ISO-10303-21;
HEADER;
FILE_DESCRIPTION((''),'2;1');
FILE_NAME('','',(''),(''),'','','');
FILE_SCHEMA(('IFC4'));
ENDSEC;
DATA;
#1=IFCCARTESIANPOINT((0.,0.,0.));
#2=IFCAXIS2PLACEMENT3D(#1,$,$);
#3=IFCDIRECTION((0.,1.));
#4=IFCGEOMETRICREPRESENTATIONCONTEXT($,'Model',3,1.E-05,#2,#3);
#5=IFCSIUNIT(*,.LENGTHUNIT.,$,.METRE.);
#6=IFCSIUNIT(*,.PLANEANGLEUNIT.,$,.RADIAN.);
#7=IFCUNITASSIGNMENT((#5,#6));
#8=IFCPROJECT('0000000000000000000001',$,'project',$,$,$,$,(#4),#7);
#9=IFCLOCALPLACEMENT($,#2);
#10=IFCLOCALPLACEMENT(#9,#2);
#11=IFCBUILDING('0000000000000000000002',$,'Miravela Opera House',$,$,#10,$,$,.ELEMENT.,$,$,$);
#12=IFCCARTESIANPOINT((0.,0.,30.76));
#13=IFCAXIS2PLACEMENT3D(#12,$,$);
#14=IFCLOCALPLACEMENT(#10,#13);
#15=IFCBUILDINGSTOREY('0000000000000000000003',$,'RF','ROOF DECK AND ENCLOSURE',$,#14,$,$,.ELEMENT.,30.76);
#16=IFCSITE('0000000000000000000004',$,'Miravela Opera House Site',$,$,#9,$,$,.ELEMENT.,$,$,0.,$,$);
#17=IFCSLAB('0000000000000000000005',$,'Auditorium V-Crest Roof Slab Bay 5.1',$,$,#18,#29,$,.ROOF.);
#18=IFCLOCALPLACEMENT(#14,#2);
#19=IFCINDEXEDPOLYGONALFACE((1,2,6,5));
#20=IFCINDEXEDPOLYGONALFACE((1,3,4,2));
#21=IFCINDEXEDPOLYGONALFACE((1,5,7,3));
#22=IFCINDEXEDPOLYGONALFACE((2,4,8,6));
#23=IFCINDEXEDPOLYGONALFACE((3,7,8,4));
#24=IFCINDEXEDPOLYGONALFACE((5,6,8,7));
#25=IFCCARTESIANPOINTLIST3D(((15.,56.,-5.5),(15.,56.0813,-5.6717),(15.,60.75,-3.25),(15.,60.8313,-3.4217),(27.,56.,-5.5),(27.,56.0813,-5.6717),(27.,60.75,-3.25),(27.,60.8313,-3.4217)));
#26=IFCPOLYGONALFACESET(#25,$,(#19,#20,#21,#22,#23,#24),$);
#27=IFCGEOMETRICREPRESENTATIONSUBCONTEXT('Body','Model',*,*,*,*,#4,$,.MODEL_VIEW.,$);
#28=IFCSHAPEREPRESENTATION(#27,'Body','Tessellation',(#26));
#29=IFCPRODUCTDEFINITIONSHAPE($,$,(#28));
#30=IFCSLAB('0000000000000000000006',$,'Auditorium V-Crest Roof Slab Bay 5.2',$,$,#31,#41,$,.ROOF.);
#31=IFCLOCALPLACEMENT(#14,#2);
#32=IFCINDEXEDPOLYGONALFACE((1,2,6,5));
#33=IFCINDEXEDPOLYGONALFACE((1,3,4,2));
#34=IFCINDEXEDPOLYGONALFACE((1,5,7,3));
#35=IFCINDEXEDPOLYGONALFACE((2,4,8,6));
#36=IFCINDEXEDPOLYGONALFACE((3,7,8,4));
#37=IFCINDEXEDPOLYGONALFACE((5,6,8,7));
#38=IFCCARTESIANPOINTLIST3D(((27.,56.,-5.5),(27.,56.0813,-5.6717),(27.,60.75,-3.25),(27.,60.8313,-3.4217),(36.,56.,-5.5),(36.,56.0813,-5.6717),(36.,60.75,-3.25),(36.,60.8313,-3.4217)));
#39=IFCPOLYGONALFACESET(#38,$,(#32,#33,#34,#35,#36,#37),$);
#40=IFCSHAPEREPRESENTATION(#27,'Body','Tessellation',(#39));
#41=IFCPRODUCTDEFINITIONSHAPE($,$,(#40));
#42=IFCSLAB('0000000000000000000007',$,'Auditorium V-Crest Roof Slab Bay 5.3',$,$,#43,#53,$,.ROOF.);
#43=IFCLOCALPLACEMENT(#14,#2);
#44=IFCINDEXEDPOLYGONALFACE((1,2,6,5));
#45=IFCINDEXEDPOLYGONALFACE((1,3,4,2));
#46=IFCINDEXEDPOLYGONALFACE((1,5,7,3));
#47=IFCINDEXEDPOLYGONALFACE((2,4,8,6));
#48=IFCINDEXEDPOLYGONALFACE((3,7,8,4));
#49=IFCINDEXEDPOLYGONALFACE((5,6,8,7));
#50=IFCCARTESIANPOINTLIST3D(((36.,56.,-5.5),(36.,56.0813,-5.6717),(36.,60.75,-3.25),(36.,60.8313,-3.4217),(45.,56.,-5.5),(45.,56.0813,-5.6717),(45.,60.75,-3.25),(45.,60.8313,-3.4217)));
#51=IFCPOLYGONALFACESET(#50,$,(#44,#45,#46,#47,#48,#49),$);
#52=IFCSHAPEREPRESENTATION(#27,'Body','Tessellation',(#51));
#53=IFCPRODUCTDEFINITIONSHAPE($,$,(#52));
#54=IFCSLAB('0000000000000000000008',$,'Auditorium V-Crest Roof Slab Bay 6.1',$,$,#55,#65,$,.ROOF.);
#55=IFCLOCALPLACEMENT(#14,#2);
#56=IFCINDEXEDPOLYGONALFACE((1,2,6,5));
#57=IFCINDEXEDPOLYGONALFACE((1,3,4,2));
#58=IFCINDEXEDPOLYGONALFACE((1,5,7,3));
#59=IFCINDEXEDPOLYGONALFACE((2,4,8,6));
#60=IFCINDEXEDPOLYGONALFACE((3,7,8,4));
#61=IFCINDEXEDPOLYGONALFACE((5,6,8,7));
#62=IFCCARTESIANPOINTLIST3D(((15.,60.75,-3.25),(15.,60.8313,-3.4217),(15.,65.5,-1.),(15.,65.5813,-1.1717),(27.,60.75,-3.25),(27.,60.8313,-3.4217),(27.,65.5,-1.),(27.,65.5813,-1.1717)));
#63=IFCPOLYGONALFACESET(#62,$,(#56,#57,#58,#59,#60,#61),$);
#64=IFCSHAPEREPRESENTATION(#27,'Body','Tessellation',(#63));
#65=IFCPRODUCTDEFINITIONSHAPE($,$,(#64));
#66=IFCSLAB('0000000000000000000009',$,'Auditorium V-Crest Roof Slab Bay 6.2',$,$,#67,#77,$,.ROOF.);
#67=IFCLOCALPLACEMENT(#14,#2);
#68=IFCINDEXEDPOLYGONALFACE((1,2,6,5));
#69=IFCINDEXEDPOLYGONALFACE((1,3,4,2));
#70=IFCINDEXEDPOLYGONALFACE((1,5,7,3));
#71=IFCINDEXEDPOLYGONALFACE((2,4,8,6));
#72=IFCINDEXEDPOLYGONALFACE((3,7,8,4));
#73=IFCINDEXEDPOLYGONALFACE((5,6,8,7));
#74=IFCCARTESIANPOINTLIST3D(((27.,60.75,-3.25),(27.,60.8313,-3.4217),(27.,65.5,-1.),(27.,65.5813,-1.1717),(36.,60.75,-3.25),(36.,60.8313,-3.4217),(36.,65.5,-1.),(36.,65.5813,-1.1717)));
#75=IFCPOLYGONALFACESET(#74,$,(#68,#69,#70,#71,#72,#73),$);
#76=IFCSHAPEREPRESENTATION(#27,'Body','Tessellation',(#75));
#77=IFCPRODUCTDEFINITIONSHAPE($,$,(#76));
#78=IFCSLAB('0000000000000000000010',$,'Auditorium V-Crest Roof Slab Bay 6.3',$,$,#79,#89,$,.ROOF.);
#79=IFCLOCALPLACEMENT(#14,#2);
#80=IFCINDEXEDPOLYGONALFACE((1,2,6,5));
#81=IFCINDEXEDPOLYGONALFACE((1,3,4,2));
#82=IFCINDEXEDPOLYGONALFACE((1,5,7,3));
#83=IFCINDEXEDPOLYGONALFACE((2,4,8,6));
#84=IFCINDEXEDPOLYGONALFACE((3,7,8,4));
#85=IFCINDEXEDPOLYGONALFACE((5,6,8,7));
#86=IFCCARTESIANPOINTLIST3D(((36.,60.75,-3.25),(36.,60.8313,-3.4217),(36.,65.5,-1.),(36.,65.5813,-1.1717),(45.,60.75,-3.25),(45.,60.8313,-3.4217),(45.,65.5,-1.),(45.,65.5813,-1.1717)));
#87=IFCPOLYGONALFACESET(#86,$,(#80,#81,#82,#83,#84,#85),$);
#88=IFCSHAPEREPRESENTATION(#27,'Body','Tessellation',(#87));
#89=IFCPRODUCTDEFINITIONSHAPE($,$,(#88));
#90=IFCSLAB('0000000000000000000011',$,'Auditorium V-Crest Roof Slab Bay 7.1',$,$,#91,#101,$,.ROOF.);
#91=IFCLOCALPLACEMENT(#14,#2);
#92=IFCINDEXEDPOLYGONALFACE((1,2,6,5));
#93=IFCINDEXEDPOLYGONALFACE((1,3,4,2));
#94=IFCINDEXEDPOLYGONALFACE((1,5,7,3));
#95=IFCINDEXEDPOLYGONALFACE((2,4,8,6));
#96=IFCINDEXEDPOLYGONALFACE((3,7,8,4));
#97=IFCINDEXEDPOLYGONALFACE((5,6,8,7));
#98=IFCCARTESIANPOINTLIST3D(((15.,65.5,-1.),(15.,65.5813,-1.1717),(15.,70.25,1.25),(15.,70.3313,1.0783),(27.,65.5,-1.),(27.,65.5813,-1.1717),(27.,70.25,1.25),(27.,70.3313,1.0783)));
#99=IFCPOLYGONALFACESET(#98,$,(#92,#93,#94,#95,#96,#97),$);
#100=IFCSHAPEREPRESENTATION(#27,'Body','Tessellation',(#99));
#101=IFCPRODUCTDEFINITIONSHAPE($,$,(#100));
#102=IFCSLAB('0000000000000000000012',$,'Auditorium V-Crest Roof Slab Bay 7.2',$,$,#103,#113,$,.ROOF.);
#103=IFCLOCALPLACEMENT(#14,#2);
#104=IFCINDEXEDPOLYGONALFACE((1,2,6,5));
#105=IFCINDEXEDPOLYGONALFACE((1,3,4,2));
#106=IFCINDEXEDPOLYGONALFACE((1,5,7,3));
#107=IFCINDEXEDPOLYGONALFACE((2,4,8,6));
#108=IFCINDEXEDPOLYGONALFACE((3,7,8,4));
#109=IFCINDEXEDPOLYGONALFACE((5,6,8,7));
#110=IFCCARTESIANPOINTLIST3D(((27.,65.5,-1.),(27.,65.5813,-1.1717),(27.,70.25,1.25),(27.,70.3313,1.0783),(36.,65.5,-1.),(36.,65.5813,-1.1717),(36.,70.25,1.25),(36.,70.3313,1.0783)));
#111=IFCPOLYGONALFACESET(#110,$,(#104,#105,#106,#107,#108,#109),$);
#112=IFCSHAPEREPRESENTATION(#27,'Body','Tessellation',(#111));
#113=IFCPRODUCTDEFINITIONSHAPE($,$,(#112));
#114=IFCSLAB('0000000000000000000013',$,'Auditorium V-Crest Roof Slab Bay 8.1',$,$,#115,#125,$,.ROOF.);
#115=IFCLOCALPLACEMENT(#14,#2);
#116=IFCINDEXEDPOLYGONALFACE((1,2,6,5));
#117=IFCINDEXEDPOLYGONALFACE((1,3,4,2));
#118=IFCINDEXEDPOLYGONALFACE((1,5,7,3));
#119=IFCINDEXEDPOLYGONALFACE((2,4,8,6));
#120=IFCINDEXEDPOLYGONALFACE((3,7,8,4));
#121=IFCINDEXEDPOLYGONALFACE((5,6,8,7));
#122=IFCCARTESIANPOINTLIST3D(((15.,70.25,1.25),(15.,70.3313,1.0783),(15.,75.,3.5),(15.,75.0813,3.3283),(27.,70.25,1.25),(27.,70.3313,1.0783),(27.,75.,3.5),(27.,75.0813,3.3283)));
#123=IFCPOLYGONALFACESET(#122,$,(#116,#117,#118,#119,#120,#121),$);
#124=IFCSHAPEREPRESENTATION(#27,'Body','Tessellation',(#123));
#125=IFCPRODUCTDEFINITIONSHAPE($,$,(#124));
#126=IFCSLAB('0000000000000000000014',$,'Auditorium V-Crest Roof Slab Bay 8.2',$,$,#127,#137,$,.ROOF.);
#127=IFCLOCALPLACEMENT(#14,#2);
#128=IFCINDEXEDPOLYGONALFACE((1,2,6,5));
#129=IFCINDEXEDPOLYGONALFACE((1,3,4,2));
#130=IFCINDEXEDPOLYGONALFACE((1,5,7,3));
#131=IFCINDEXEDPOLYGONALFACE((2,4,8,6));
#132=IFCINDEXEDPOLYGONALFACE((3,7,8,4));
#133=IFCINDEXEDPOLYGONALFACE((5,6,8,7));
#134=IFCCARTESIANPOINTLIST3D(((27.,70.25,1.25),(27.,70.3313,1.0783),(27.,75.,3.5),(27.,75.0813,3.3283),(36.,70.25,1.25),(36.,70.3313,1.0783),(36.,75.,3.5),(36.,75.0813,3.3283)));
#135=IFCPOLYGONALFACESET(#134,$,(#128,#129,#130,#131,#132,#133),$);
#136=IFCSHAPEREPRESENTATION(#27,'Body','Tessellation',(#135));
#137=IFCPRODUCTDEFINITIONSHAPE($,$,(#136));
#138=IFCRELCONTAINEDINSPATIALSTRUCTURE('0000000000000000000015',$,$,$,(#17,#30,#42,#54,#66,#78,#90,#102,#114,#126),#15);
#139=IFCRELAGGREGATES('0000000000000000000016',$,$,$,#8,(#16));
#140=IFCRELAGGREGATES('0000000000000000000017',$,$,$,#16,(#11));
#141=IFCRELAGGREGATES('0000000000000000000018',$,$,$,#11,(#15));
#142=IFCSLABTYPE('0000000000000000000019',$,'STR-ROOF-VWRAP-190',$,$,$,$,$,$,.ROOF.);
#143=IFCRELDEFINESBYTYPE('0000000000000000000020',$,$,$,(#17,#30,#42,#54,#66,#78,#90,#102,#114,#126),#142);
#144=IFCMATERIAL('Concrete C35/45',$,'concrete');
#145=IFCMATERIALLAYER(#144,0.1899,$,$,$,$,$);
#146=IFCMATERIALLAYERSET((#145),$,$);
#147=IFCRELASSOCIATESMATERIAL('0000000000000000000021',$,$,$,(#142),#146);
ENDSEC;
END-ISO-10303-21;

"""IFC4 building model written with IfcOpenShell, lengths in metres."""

from ifc_helpers import new_model, si_unit, direction, frame, origin, place, context, subcontext, project, spatial, polyline, outline, extrude, material, layer, layer_set, type_object, element, save


model = new_model("IFC4")

# Units and contexts
model_context = context("Model", 3, precision=1e-05, world=origin(), true_north=direction((0.0, 1.0)))
body_context = subcontext(model_context, "Body", "Model", "MODEL_VIEW")
ifc_project = project(units=[si_unit("LENGTHUNIT", "METRE"), si_unit("PLANEANGLEUNIT", "RADIAN")], contexts=[model_context])

# Site, building, storey
site_placement = place(None, origin())
site = spatial("IfcSite", under=ifc_project, at=site_placement, Name="Miravela Opera House Site", CompositionType="ELEMENT", RefElevation=0.0)
building_placement = place(site_placement, origin())
building = spatial("IfcBuilding", under=site, at=building_placement, Name="Miravela Opera House", CompositionType="ELEMENT")
storey_placement = place(building_placement, frame((0.0, 0.0, 30.76)))
storey = spatial("IfcBuildingStorey", under=building, at=storey_placement, Name="RF", Description="ROOF DECK AND ENCLOSURE", CompositionType="ELEMENT", Elevation=30.76)

# Shared definitions
ifc_material = material(Name="Concrete C35/45", Category="concrete")

# Slabs
ifc_layer = layer(ifc_material, 0.1899)
ifc_layer_set = layer_set([ifc_layer])
slab_type = type_object("IfcSlabType", Name="STR-ROOF-VWRAP-190", PredefinedType="ROOF", material=ifc_layer_set)
slab_1_placement = place(storey_placement, frame((15.0, 56.0, -5.5), z_axis=(0.0, -0.428086, 0.903738), x_axis=(1.0, 0.0, 0.0)))
element("IfcSlab", 1, at=slab_1_placement, inside=storey, type_object=slab_type, Name="Auditorium V-Crest Roof Slab Bay 5.1", PredefinedType="ROOF", context=body_context, shape_type="SweptSolid", body=[
    extrude(outline(polyline([(0.0, 0.0), (12.0, 0.0), (12.0, 5.2559), (0.0, 5.2559), (0.0, 0.0)])), origin(), (0.0, 0.0, -1.0), 0.1899),
])
for number, where, z_axis, x_axis, name in (
    (2, (27.0, 56.0, -5.5), (0.0, -0.428086, 0.903738), (1.0, 0.0, 0.0), "Auditorium V-Crest Roof Slab Bay 5.2"),
    (3, (36.0, 56.0, -5.5), (0.0, -0.428086, 0.903738), (1.0, 0.0, 0.0), "Auditorium V-Crest Roof Slab Bay 5.3"),
):
    element("IfcSlab", number, at=place(storey_placement, frame(where, z_axis=z_axis, x_axis=x_axis)), inside=storey, type_object=slab_type, Name=name, PredefinedType="ROOF", context=body_context, shape_type="SweptSolid", body=[
        extrude(outline(polyline([(0.0, 0.0), (9.0, 0.0), (9.0, 5.2559), (0.0, 5.2559), (0.0, 0.0)])), origin(), (0.0, 0.0, -1.0), 0.1899),
    ])
slab_2_placement = place(storey_placement, frame((15.0, 60.75, -3.25), z_axis=(0.0, -0.428086, 0.903738), x_axis=(1.0, 0.0, 0.0)))
element("IfcSlab", 4, at=slab_2_placement, inside=storey, type_object=slab_type, Name="Auditorium V-Crest Roof Slab Bay 6.1", PredefinedType="ROOF", context=body_context, shape_type="SweptSolid", body=[
    extrude(outline(polyline([(0.0, 0.0), (12.0, 0.0), (12.0, 5.2559), (0.0, 5.2559), (0.0, 0.0)])), origin(), (0.0, 0.0, -1.0), 0.1899),
])
for number, where, z_axis, x_axis, name in (
    (5, (27.0, 60.75, -3.25), (0.0, -0.428086, 0.903738), (1.0, 0.0, 0.0), "Auditorium V-Crest Roof Slab Bay 6.2"),
    (6, (36.0, 60.75, -3.25), (0.0, -0.428086, 0.903738), (1.0, 0.0, 0.0), "Auditorium V-Crest Roof Slab Bay 6.3"),
):
    element("IfcSlab", number, at=place(storey_placement, frame(where, z_axis=z_axis, x_axis=x_axis)), inside=storey, type_object=slab_type, Name=name, PredefinedType="ROOF", context=body_context, shape_type="SweptSolid", body=[
        extrude(outline(polyline([(0.0, 0.0), (9.0, 0.0), (9.0, 5.2559), (0.0, 5.2559), (0.0, 0.0)])), origin(), (0.0, 0.0, -1.0), 0.1899),
    ])
slab_3_placement = place(storey_placement, frame((15.0, 65.5, -1.0), z_axis=(0.0, -0.428086, 0.903738), x_axis=(1.0, 0.0, 0.0)))
element("IfcSlab", 7, at=slab_3_placement, inside=storey, type_object=slab_type, Name="Auditorium V-Crest Roof Slab Bay 7.1", PredefinedType="ROOF", context=body_context, shape_type="SweptSolid", body=[
    extrude(outline(polyline([(0.0, 0.0), (12.0, 0.0), (12.0, 5.2559), (0.0, 5.2559), (0.0, 0.0)])), origin(), (0.0, 0.0, -1.0), 0.1899),
])
slab_4_placement = place(storey_placement, frame((27.0, 65.5, -1.0), z_axis=(0.0, -0.428086, 0.903738), x_axis=(1.0, 0.0, 0.0)))
element("IfcSlab", 8, at=slab_4_placement, inside=storey, type_object=slab_type, Name="Auditorium V-Crest Roof Slab Bay 7.2", PredefinedType="ROOF", context=body_context, shape_type="SweptSolid", body=[
    extrude(outline(polyline([(0.0, 0.0), (9.0, 0.0), (9.0, 5.2559), (0.0, 5.2559), (0.0, 0.0)])), origin(), (0.0, 0.0, -1.0), 0.1899),
])
slab_5_placement = place(storey_placement, frame((15.0, 70.25, 1.25), z_axis=(0.0, -0.428086, 0.903738), x_axis=(1.0, 0.0, 0.0)))
element("IfcSlab", 9, at=slab_5_placement, inside=storey, type_object=slab_type, Name="Auditorium V-Crest Roof Slab Bay 8.1", PredefinedType="ROOF", context=body_context, shape_type="SweptSolid", body=[
    extrude(outline(polyline([(0.0, 0.0), (12.0, 0.0), (12.0, 5.2559), (0.0, 5.2559), (0.0, 0.0)])), origin(), (0.0, 0.0, -1.0), 0.1899),
])
slab_6_placement = place(storey_placement, frame((27.0, 70.25, 1.25), z_axis=(0.0, -0.428086, 0.903738), x_axis=(1.0, 0.0, 0.0)))
element("IfcSlab", 10, at=slab_6_placement, inside=storey, type_object=slab_type, Name="Auditorium V-Crest Roof Slab Bay 8.2", PredefinedType="ROOF", context=body_context, shape_type="SweptSolid", body=[
    extrude(outline(polyline([(0.0, 0.0), (9.0, 0.0), (9.0, 5.2559), (0.0, 5.2559), (0.0, 0.0)])), origin(), (0.0, 0.0, -1.0), 0.1899),
])

save(model, "model.ifc")
